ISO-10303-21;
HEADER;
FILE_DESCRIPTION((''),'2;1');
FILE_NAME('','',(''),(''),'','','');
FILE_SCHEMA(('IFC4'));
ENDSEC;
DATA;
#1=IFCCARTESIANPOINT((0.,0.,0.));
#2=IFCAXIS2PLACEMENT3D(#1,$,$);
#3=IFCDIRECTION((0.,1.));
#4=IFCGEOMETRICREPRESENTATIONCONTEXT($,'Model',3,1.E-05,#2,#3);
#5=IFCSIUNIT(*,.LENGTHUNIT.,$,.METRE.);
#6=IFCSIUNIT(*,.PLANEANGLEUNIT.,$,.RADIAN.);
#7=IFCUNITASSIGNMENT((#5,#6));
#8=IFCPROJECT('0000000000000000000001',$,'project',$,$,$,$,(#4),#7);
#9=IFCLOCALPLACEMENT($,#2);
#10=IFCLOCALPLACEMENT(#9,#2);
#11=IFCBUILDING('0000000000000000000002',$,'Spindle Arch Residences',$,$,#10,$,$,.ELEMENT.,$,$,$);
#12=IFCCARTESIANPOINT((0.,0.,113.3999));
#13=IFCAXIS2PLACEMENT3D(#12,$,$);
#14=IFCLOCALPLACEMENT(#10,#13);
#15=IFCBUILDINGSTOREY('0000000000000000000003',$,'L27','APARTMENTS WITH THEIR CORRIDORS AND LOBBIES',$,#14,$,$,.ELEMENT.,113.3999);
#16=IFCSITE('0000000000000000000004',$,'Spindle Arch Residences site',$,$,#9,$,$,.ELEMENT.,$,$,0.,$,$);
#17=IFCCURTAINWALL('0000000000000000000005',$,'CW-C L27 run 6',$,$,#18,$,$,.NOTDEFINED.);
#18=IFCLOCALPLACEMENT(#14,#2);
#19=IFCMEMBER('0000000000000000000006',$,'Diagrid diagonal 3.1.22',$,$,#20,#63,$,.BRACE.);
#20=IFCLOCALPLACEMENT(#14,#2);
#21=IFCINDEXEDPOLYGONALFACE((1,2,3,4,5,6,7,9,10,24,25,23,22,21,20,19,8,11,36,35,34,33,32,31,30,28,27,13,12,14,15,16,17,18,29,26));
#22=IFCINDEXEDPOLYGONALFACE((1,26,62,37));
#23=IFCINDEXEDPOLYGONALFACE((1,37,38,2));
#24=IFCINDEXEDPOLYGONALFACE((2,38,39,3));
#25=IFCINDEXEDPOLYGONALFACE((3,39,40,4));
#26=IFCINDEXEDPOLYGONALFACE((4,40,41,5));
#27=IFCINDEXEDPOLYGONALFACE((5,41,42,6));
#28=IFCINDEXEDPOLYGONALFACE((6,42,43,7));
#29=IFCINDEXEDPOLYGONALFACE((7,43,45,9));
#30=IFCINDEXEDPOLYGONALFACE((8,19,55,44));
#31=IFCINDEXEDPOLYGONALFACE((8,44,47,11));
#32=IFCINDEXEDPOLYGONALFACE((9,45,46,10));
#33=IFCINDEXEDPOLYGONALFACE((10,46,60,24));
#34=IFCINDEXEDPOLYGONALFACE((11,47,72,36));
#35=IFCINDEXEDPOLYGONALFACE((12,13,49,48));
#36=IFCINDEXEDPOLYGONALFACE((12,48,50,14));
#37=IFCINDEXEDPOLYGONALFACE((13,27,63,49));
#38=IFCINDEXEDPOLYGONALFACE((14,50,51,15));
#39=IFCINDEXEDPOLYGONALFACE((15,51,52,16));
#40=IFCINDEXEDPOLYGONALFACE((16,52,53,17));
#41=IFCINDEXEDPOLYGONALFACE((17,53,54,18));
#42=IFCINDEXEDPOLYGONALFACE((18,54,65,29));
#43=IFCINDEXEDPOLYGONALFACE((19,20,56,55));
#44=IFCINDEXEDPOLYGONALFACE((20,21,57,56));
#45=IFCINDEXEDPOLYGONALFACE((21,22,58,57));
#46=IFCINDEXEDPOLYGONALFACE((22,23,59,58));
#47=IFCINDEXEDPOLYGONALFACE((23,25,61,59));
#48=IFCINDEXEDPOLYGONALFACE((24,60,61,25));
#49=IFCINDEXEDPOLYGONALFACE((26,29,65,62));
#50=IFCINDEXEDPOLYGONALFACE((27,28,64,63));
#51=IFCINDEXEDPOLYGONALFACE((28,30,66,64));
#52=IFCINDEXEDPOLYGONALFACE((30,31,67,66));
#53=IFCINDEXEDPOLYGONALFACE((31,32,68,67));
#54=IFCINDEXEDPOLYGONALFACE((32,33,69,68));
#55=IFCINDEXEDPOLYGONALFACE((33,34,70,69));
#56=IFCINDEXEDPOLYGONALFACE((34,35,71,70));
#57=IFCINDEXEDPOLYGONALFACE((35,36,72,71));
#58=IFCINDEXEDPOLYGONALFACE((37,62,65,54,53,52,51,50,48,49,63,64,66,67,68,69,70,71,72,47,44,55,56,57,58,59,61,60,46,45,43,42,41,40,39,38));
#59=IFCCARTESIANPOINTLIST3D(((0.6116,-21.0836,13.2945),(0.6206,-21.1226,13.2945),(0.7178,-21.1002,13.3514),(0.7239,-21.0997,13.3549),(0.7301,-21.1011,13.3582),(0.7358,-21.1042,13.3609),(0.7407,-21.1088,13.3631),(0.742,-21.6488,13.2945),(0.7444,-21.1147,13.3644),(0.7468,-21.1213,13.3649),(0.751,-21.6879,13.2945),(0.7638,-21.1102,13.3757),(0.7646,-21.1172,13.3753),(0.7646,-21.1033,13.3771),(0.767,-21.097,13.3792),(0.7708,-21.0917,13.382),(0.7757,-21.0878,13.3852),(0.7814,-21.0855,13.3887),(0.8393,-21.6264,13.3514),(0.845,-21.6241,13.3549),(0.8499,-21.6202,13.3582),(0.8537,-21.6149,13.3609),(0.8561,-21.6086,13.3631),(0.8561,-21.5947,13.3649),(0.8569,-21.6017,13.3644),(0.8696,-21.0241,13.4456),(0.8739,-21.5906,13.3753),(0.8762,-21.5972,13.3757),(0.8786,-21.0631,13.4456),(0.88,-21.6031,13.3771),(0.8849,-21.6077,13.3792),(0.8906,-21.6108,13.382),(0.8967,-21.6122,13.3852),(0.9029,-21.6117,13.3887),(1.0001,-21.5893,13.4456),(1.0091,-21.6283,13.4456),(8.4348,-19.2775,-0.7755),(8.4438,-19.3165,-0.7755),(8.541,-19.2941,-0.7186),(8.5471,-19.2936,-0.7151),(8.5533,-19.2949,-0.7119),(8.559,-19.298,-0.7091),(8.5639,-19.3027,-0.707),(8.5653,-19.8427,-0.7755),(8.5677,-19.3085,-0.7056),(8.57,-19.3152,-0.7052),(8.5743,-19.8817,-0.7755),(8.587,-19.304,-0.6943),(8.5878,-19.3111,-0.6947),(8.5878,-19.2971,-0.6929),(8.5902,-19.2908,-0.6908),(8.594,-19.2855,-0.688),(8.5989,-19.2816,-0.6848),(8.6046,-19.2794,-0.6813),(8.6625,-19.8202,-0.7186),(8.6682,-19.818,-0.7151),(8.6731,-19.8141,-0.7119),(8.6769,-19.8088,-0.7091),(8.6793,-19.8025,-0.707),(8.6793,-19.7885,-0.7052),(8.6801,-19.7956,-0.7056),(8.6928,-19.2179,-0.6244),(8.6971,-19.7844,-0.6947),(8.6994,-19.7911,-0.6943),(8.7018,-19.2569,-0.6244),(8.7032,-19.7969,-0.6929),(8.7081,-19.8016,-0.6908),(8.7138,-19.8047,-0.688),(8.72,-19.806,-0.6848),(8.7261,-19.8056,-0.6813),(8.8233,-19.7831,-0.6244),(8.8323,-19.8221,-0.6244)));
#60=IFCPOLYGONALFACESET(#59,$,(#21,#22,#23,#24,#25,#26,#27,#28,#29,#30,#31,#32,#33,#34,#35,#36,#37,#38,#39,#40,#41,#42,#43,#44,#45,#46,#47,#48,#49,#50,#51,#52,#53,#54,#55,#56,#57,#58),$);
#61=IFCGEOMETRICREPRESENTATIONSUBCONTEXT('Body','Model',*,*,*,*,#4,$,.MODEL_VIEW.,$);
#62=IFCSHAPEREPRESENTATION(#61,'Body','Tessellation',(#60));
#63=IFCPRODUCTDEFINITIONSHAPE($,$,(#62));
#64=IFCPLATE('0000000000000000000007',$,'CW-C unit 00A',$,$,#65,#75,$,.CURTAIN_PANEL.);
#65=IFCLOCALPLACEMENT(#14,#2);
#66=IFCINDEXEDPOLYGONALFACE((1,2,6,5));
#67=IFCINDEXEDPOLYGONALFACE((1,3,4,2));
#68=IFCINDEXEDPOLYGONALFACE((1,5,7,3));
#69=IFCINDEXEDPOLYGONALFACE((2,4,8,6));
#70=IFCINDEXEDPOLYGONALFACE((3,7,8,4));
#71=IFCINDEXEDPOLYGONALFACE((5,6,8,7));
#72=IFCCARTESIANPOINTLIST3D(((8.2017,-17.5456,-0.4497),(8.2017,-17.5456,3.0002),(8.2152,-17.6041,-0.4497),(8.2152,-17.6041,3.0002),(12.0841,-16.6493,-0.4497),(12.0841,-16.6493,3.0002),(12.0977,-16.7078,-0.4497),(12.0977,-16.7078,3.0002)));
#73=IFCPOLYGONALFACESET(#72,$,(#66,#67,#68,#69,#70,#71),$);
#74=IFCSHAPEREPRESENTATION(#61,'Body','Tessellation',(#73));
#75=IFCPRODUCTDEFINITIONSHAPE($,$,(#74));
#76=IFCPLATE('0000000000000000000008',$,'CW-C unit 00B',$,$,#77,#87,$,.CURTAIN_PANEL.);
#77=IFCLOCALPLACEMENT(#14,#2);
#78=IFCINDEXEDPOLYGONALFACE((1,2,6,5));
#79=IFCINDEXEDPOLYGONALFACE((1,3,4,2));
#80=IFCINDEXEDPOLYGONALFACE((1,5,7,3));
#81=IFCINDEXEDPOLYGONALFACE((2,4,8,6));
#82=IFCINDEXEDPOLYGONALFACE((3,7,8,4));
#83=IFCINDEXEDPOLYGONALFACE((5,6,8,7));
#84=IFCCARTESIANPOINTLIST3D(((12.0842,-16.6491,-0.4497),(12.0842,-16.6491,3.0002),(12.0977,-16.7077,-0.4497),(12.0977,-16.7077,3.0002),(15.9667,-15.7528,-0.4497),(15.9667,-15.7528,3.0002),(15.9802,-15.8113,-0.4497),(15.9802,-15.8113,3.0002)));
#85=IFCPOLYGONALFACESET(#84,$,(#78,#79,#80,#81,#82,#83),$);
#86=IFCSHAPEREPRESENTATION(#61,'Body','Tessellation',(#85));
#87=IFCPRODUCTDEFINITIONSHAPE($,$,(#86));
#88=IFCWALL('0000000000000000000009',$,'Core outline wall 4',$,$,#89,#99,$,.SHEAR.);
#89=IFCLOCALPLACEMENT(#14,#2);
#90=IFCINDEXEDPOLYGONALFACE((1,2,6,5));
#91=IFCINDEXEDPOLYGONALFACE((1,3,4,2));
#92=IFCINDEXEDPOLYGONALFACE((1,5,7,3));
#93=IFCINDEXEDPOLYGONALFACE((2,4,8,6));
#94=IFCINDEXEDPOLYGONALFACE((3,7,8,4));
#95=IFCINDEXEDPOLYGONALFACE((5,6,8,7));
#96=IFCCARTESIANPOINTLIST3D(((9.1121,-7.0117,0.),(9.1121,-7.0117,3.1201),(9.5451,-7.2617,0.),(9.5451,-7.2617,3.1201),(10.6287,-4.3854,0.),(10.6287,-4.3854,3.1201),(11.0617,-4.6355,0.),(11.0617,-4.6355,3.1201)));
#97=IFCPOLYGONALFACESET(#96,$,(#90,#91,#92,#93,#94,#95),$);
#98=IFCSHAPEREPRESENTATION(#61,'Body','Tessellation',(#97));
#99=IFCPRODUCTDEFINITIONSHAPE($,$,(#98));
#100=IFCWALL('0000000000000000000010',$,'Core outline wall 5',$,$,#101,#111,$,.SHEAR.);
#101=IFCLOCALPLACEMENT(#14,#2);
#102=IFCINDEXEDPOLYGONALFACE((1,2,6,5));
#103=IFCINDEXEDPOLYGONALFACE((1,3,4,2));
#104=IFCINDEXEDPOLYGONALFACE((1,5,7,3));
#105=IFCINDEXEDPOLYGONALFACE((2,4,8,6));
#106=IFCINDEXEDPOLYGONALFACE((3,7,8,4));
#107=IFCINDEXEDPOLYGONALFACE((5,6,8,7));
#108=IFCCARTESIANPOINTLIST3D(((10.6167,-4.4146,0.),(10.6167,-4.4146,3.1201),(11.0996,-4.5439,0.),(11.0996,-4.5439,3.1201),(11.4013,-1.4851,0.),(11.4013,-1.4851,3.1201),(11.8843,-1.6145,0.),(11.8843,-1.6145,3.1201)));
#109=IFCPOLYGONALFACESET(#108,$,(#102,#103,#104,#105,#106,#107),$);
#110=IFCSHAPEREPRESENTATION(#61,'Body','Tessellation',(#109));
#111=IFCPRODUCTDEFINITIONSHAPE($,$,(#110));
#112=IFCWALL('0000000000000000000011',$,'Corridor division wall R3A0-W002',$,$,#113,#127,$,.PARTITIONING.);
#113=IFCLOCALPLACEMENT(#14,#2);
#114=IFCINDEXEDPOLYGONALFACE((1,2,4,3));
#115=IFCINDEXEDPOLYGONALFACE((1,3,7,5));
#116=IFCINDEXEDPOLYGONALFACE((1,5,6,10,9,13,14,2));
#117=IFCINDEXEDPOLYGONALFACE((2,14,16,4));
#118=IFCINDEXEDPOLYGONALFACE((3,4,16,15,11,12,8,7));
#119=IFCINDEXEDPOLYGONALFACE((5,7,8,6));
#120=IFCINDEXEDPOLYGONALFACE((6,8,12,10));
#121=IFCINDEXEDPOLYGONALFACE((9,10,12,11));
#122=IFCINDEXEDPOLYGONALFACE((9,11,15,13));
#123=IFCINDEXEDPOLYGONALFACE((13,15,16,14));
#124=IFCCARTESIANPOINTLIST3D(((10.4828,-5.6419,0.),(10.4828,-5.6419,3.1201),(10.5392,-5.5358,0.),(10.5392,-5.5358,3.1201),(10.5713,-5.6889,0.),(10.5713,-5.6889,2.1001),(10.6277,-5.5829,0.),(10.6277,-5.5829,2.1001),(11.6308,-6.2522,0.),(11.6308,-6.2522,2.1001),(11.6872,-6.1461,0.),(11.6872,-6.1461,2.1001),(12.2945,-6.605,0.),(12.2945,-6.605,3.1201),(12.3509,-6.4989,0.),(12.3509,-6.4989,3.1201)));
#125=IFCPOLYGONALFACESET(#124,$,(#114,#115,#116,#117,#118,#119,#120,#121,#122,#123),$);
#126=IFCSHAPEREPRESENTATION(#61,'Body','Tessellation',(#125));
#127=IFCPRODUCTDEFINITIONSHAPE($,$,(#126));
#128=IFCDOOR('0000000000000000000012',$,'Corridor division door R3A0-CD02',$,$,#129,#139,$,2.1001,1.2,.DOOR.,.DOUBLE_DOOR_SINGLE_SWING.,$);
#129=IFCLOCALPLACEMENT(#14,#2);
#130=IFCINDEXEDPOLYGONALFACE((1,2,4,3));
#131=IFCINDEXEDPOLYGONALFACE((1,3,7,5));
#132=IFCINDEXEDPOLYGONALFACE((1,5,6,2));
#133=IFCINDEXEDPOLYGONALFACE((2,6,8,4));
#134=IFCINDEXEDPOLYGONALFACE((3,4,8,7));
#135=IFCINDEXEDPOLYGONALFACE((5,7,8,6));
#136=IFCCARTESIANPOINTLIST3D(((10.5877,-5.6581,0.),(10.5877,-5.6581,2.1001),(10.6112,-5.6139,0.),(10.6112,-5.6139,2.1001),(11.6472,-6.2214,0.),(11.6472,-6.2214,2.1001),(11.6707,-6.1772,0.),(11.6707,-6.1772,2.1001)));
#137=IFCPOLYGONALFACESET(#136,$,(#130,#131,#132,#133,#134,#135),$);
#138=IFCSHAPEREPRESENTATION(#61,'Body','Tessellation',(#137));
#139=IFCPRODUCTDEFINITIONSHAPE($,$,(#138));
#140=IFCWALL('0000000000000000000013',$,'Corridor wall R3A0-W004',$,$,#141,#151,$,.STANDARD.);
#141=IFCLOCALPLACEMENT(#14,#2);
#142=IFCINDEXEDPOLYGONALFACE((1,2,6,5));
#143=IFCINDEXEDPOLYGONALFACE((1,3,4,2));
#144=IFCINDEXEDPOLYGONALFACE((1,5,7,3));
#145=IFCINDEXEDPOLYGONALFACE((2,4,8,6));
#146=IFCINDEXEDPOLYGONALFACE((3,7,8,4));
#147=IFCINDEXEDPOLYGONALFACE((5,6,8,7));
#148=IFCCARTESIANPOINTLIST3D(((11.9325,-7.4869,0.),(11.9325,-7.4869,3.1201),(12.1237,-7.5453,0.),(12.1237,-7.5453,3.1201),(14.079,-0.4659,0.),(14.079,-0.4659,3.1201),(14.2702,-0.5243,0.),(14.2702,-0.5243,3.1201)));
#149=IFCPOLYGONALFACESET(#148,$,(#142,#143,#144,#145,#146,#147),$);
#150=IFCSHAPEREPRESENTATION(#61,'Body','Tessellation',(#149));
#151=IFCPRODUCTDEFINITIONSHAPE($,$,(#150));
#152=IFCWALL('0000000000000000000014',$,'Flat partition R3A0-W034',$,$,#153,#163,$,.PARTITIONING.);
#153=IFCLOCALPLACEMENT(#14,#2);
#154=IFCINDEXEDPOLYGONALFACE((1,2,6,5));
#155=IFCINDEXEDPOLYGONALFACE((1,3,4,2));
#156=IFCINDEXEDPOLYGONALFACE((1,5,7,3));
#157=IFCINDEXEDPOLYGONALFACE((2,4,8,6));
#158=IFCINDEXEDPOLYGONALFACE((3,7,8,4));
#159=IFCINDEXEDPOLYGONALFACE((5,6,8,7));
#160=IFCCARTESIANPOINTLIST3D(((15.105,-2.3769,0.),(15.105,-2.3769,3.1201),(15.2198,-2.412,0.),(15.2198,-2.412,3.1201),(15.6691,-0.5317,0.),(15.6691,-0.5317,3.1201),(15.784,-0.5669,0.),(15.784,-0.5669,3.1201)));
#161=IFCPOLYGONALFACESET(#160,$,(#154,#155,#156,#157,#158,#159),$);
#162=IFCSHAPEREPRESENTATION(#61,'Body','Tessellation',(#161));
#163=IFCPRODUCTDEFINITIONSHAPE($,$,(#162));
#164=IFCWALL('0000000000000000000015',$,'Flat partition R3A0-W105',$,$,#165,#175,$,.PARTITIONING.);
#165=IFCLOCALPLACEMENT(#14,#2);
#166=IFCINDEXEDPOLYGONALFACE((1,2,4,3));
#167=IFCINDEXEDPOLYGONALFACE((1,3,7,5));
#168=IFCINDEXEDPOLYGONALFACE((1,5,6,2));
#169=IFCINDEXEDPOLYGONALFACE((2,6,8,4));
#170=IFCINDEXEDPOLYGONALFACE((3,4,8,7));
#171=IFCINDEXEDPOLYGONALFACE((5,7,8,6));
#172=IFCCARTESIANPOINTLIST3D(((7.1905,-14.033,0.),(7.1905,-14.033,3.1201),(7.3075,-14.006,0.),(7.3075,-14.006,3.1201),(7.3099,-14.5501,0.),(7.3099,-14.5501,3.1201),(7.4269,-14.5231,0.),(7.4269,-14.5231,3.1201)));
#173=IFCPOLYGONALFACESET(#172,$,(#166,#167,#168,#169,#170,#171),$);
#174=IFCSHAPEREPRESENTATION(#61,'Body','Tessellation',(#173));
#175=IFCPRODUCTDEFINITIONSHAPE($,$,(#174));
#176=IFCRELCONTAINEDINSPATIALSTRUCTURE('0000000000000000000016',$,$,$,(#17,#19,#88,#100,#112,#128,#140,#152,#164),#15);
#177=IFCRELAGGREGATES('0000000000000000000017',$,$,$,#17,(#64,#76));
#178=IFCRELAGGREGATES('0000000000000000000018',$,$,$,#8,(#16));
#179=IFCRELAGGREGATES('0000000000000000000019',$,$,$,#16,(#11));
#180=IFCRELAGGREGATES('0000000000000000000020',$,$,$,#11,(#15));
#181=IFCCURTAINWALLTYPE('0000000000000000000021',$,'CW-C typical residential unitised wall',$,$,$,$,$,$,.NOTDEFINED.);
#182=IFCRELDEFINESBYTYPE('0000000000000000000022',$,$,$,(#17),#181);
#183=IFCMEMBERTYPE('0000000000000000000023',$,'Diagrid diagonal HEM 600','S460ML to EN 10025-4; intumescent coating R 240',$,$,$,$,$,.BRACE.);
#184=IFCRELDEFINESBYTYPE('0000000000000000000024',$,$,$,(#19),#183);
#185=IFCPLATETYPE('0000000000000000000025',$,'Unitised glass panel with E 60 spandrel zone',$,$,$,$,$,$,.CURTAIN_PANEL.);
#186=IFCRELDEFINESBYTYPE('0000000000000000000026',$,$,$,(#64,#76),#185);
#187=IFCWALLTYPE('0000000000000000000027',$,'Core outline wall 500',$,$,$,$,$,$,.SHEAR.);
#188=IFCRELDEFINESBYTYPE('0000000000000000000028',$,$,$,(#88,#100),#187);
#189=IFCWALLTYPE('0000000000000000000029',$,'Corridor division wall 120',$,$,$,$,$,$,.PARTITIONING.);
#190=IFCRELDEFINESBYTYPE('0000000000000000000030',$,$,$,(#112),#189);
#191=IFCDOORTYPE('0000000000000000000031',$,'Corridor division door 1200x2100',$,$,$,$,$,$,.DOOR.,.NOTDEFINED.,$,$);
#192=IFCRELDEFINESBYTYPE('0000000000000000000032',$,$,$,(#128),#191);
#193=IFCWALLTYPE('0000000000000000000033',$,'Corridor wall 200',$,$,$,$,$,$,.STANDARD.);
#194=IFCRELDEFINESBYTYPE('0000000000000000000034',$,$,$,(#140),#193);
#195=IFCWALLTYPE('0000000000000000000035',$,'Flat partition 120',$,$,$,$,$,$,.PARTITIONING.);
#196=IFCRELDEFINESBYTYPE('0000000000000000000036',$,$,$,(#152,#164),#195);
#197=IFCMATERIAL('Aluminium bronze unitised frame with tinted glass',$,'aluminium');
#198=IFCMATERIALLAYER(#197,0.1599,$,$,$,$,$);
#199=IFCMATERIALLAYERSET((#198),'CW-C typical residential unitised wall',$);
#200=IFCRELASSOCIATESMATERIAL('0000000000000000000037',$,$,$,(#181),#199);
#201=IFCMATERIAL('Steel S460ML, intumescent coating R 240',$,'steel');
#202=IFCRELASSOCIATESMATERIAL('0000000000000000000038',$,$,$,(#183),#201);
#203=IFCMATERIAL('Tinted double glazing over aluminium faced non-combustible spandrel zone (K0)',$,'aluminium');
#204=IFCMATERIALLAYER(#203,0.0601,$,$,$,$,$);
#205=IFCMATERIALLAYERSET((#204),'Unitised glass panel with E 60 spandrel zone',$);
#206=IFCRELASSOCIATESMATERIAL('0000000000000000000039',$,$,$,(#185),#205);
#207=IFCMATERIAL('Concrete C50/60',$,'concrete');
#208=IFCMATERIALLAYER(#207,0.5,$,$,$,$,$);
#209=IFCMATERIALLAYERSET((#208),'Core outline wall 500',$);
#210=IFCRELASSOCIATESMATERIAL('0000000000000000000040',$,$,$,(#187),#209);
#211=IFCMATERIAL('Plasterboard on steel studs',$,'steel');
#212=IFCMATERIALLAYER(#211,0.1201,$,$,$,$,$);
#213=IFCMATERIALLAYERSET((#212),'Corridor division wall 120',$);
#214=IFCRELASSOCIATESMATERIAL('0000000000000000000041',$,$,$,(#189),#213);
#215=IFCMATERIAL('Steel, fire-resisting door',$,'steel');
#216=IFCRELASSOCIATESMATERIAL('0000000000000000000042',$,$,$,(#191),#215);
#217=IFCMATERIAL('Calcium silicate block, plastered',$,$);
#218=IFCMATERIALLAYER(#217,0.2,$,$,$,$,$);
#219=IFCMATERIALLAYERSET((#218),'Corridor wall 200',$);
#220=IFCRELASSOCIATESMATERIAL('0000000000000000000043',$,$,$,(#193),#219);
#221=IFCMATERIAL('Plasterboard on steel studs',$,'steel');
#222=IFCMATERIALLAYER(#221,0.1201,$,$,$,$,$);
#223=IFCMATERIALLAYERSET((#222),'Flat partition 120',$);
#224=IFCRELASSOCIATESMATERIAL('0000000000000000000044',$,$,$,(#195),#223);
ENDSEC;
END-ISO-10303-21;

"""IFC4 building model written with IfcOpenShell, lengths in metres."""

from ifc_helpers import new_model, si_unit, direction, frame, frame_2d, origin, origin_2d, place, context, subcontext, project, spatial, rectangle, i_section, extrude, material, layer, layer_set, material_profile, profile_set, type_object, element, fill, aggregate, save


model = new_model("IFC4")

# Units and contexts
model_context = context("Model", 3, precision=1e-05, world=origin(), true_north=direction((0.0, 1.0)))
body_context = subcontext(model_context, "Body", "Model", "MODEL_VIEW")
ifc_project = project(units=[si_unit("LENGTHUNIT", "METRE"), si_unit("PLANEANGLEUNIT", "RADIAN")], contexts=[model_context])

# Site, building, storey
site_placement = place(None, origin())
site = spatial("IfcSite", under=ifc_project, at=site_placement, Name="Spindle Arch Residences site", CompositionType="ELEMENT", RefElevation=0.0)
building_placement = place(site_placement, origin())
building = spatial("IfcBuilding", under=site, at=building_placement, Name="Spindle Arch Residences", CompositionType="ELEMENT")
storey_placement = place(building_placement, frame((0.0, 0.0, 113.3999)))
storey = spatial("IfcBuildingStorey", under=building, at=storey_placement, Name="L27", Description="APARTMENTS WITH THEIR CORRIDORS AND LOBBIES", CompositionType="ELEMENT", Elevation=113.3999)

# Curtain wall
ifc_material_1 = material(Name="Aluminium bronze unitised frame with tinted glass", Category="aluminium")
ifc_layer_1 = layer(ifc_material_1, 0.1599)
ifc_layer_set_1 = layer_set([ifc_layer_1], Name="CW-C typical residential unitised wall")
curtain_wall_type_1 = type_object("IfcCurtainWallType", Name="CW-C typical residential unitised wall", PredefinedType="NOTDEFINED", material=ifc_layer_set_1)
curtain_wall_1_placement = place(storey_placement, origin())
curtain_wall_1 = element("IfcCurtainWall", 1, at=curtain_wall_1_placement, inside=storey, type_object=curtain_wall_type_1, Name="CW-C L27 run 6", PredefinedType="NOTDEFINED")

# Member
ifc_material_2 = material(Name="Steel S460ML, intumescent coating R 240", Category="steel")
ifc_material_profile_1 = material_profile(ifc_material_2, i_section(OverallWidth=0.3049, OverallDepth=0.6201, WebThickness=0.021, FlangeThickness=0.04, FilletRadius=0.0271, at=origin_2d()), Name="HEM 600")
ifc_profile_set_1 = profile_set([ifc_material_profile_1], Name="Steel S460ML, intumescent coating R 240")
member_type_1 = type_object("IfcMemberType", Name="Diagrid diagonal HEM 600", Description="S460ML to EN 10025-4; intumescent coating R 240", PredefinedType="BRACE", material=ifc_profile_set_1)
member_1_placement = place(storey_placement, frame((8.6335, -19.5498, -0.7), z_axis=(-0.482923, -0.111493, 0.868536), x_axis=(0.846275, 0.19538, 0.495626)))
element("IfcMember", 2, at=member_1_placement, inside=storey, type_object=member_type_1, Name="Diagrid diagonal 3.1.22", PredefinedType="BRACE", context=body_context, shape_type="SweptSolid", body=[
    extrude(i_section(OverallWidth=0.3049, OverallDepth=0.6201, WebThickness=0.021, FlangeThickness=0.04, FilletRadius=0.0271, at=origin_2d()), origin(), (0.0, 0.0, 1.0), 16.1997),
])

# Plates
ifc_material_3 = material(Name="Tinted double glazing over aluminium faced non-combustible spandrel zone (K0)", Category="aluminium")
ifc_layer_2 = layer(ifc_material_3, 0.0601)
ifc_layer_set_2 = layer_set([ifc_layer_2], Name="Unitised glass panel with E 60 spandrel zone")
plate_type = type_object("IfcPlateType", Name="Unitised glass panel with E 60 spandrel zone", PredefinedType="CURTAIN_PANEL", material=ifc_layer_set_2)
plate_1_placement = place(storey_placement, frame((10.1497, -17.1267, -0.4497), z_axis=(0.0, 0.0, 1.0), x_axis=(0.97437, 0.224951, 0.0)))
plate_1 = element("IfcPlate", 3, at=plate_1_placement, type_object=plate_type, Name="CW-C unit 00A", PredefinedType="CURTAIN_PANEL", context=body_context, shape_type="SweptSolid", body=[
    extrude(rectangle(XDim=3.9846, YDim=0.0601, at=origin_2d()), origin(), (0.0, 0.0, 1.0), 3.45),
])
plate_2_placement = place(storey_placement, frame((14.0322, -16.2302, -0.4497), z_axis=(0.0, 0.0, 1.0), x_axis=(0.97437, 0.224951, 0.0)))
plate_2 = element("IfcPlate", 4, at=plate_2_placement, type_object=plate_type, Name="CW-C unit 00B", PredefinedType="CURTAIN_PANEL", context=body_context, shape_type="SweptSolid", body=[
    extrude(rectangle(XDim=3.9846, YDim=0.0601, at=origin_2d()), origin(), (0.0, 0.0, 1.0), 3.45),
])
aggregate(curtain_wall_1, [plate_1, plate_2])

# Walls
ifc_material_4 = material(Name="Concrete C50/60", Category="concrete")
ifc_layer_3 = layer(ifc_material_4, 0.5)
ifc_layer_set_3 = layer_set([ifc_layer_3], Name="Core outline wall 500")
wall_type_1 = type_object("IfcWallType", Name="Core outline wall 500", PredefinedType="SHEAR", material=ifc_layer_set_3)
for number, where, z_axis, x_axis, name in (
    (5, (9.3286, -7.1367, 0.0), (0.0, 0.0, 1.0), (0.500087, 0.865975, 0.0), "Core outline wall 4"),
    (6, (10.8582, -4.4792, 0.0), (0.0, 0.0, 1.0), (0.258735, 0.965948, 0.0), "Core outline wall 5"),
):
    element("IfcWall", number, at=place(storey_placement, frame(where, z_axis=z_axis, x_axis=x_axis)), inside=storey, type_object=wall_type_1, Name=name, PredefinedType="SHEAR", context=body_context, shape_type="SweptSolid", body=[
        extrude(rectangle(XDim=3.0327, YDim=0.5, at=frame_2d((1.5164, 0.0))), origin(), (0.0, 0.0, 1.0), 3.1201),
    ])

# Wall, opening, door
ifc_material_5 = material(Name="Plasterboard on steel studs", Category="steel")
ifc_layer_4 = layer(ifc_material_5, 0.1201)
ifc_layer_set_4 = layer_set([ifc_layer_4], Name="Corridor division wall 120")
wall_type_2 = type_object("IfcWallType", Name="Corridor division wall 120", PredefinedType="PARTITIONING", material=ifc_layer_set_4)
wall_1_placement = place(storey_placement, frame((10.511, -5.5889, 0.0), z_axis=(0.0, 0.0, 1.0), x_axis=(0.882988, -0.469396, 0.0)))
wall_1 = element("IfcWall", 7, at=wall_1_placement, inside=storey, type_object=wall_type_2, Name="Corridor division wall R3A0-W002", PredefinedType="PARTITIONING", context=body_context, shape_type="SweptSolid", body=[
    extrude(rectangle(XDim=2.0518, YDim=0.1201, at=frame_2d((1.0259, 0.0))), origin(), (0.0, 0.0, 1.0), 3.1201),
])
opening_1_placement = place(wall_1_placement, frame((0.1001, 0.0, 0.0)))
opening_1 = element("IfcOpeningElement", 8, at=opening_1_placement, cuts=wall_1, PredefinedType="OPENING", context=body_context, shape_type="SweptSolid", body=[
    extrude(rectangle(XDim=1.2, YDim=2.1001, at=frame_2d((0.6001, 1.05))), frame((0.0, 0.0701, 0.0), z_axis=(0.0, -1.0, 0.0), x_axis=(1.0, 0.0, 0.0)), (0.0, 0.0, 1.0), 0.1401),
])
ifc_material_6 = material(Name="Steel, fire-resisting door", Category="steel")
door_type_1 = type_object("IfcDoorType", Name="Corridor division door 1200x2100", OperationType="NOTDEFINED", PredefinedType="DOOR", material=ifc_material_6)
door_1_placement = place(opening_1_placement, origin())
door_1 = element("IfcDoor", 9, at=door_1_placement, inside=storey, type_object=door_type_1, Name="Corridor division door R3A0-CD02", OperationType="DOUBLE_DOOR_SINGLE_SWING", OverallHeight=2.1001, OverallWidth=1.2, PredefinedType="DOOR", context=body_context, shape_type="SweptSolid", body=[
    extrude(rectangle(XDim=1.2, YDim=2.1001, at=frame_2d((0.6001, 1.05))), frame((0.0, 0.0249, 0.0), z_axis=(0.0, -1.0, 0.0), x_axis=(1.0, 0.0, 0.0)), (0.0, 0.0, 1.0), 0.05),
])
fill(opening_1, door_1)

# Walls
ifc_material_7 = material(Name="Calcium silicate block, plastered")
ifc_layer_5 = layer(ifc_material_7, 0.2)
ifc_layer_set_5 = layer_set([ifc_layer_5], Name="Corridor wall 200")
wall_type_3 = type_object("IfcWallType", Name="Corridor wall 200", PredefinedType="STANDARD", material=ifc_layer_set_5)
wall_2_placement = place(storey_placement, frame((12.0281, -7.5161, 0.0), z_axis=(0.0, 0.0, 1.0), x_axis=(0.292366, 0.956307, 0.0)))
element("IfcWall", 10, at=wall_2_placement, inside=storey, type_object=wall_type_3, Name="Corridor wall R3A0-W004", PredefinedType="STANDARD", context=body_context, shape_type="SweptSolid", body=[
    extrude(rectangle(XDim=7.3418, YDim=0.2, at=frame_2d((3.6709, 0.0))), origin(), (0.0, 0.0, 1.0), 3.1201),
])
ifc_material_8 = material(Name="Plasterboard on steel studs", Category="steel")
ifc_layer_6 = layer(ifc_material_8, 0.1201)
ifc_layer_set_6 = layer_set([ifc_layer_6], Name="Flat partition 120")
wall_type_4 = type_object("IfcWallType", Name="Flat partition 120", PredefinedType="PARTITIONING", material=ifc_layer_set_6)
wall_3_placement = place(storey_placement, frame((15.1624, -2.3945, 0.0), z_axis=(0.0, 0.0, 1.0), x_axis=(0.292405, 0.956295, 0.0)))
element("IfcWall", 11, at=wall_3_placement, inside=storey, type_object=wall_type_4, Name="Flat partition R3A0-W034", PredefinedType="PARTITIONING", context=body_context, shape_type="SweptSolid", body=[
    extrude(rectangle(XDim=1.9294, YDim=0.1201, at=frame_2d((0.9648, 0.0))), origin(), (0.0, 0.0, 1.0), 3.1201),
])
wall_4_placement = place(storey_placement, frame((7.3684, -14.5366, 0.0), z_axis=(0.0, 0.0, 1.0), x_axis=(-0.22496, 0.974368, 0.0)))
element("IfcWall", 12, at=wall_4_placement, inside=storey, type_object=wall_type_4, Name="Flat partition R3A0-W105", PredefinedType="PARTITIONING", context=body_context, shape_type="SweptSolid", body=[
    extrude(rectangle(XDim=0.5308, YDim=0.1201, at=frame_2d((0.2654, 0.0))), origin(), (0.0, 0.0, 1.0), 3.1201),
])

save(model, "model.ifc")
